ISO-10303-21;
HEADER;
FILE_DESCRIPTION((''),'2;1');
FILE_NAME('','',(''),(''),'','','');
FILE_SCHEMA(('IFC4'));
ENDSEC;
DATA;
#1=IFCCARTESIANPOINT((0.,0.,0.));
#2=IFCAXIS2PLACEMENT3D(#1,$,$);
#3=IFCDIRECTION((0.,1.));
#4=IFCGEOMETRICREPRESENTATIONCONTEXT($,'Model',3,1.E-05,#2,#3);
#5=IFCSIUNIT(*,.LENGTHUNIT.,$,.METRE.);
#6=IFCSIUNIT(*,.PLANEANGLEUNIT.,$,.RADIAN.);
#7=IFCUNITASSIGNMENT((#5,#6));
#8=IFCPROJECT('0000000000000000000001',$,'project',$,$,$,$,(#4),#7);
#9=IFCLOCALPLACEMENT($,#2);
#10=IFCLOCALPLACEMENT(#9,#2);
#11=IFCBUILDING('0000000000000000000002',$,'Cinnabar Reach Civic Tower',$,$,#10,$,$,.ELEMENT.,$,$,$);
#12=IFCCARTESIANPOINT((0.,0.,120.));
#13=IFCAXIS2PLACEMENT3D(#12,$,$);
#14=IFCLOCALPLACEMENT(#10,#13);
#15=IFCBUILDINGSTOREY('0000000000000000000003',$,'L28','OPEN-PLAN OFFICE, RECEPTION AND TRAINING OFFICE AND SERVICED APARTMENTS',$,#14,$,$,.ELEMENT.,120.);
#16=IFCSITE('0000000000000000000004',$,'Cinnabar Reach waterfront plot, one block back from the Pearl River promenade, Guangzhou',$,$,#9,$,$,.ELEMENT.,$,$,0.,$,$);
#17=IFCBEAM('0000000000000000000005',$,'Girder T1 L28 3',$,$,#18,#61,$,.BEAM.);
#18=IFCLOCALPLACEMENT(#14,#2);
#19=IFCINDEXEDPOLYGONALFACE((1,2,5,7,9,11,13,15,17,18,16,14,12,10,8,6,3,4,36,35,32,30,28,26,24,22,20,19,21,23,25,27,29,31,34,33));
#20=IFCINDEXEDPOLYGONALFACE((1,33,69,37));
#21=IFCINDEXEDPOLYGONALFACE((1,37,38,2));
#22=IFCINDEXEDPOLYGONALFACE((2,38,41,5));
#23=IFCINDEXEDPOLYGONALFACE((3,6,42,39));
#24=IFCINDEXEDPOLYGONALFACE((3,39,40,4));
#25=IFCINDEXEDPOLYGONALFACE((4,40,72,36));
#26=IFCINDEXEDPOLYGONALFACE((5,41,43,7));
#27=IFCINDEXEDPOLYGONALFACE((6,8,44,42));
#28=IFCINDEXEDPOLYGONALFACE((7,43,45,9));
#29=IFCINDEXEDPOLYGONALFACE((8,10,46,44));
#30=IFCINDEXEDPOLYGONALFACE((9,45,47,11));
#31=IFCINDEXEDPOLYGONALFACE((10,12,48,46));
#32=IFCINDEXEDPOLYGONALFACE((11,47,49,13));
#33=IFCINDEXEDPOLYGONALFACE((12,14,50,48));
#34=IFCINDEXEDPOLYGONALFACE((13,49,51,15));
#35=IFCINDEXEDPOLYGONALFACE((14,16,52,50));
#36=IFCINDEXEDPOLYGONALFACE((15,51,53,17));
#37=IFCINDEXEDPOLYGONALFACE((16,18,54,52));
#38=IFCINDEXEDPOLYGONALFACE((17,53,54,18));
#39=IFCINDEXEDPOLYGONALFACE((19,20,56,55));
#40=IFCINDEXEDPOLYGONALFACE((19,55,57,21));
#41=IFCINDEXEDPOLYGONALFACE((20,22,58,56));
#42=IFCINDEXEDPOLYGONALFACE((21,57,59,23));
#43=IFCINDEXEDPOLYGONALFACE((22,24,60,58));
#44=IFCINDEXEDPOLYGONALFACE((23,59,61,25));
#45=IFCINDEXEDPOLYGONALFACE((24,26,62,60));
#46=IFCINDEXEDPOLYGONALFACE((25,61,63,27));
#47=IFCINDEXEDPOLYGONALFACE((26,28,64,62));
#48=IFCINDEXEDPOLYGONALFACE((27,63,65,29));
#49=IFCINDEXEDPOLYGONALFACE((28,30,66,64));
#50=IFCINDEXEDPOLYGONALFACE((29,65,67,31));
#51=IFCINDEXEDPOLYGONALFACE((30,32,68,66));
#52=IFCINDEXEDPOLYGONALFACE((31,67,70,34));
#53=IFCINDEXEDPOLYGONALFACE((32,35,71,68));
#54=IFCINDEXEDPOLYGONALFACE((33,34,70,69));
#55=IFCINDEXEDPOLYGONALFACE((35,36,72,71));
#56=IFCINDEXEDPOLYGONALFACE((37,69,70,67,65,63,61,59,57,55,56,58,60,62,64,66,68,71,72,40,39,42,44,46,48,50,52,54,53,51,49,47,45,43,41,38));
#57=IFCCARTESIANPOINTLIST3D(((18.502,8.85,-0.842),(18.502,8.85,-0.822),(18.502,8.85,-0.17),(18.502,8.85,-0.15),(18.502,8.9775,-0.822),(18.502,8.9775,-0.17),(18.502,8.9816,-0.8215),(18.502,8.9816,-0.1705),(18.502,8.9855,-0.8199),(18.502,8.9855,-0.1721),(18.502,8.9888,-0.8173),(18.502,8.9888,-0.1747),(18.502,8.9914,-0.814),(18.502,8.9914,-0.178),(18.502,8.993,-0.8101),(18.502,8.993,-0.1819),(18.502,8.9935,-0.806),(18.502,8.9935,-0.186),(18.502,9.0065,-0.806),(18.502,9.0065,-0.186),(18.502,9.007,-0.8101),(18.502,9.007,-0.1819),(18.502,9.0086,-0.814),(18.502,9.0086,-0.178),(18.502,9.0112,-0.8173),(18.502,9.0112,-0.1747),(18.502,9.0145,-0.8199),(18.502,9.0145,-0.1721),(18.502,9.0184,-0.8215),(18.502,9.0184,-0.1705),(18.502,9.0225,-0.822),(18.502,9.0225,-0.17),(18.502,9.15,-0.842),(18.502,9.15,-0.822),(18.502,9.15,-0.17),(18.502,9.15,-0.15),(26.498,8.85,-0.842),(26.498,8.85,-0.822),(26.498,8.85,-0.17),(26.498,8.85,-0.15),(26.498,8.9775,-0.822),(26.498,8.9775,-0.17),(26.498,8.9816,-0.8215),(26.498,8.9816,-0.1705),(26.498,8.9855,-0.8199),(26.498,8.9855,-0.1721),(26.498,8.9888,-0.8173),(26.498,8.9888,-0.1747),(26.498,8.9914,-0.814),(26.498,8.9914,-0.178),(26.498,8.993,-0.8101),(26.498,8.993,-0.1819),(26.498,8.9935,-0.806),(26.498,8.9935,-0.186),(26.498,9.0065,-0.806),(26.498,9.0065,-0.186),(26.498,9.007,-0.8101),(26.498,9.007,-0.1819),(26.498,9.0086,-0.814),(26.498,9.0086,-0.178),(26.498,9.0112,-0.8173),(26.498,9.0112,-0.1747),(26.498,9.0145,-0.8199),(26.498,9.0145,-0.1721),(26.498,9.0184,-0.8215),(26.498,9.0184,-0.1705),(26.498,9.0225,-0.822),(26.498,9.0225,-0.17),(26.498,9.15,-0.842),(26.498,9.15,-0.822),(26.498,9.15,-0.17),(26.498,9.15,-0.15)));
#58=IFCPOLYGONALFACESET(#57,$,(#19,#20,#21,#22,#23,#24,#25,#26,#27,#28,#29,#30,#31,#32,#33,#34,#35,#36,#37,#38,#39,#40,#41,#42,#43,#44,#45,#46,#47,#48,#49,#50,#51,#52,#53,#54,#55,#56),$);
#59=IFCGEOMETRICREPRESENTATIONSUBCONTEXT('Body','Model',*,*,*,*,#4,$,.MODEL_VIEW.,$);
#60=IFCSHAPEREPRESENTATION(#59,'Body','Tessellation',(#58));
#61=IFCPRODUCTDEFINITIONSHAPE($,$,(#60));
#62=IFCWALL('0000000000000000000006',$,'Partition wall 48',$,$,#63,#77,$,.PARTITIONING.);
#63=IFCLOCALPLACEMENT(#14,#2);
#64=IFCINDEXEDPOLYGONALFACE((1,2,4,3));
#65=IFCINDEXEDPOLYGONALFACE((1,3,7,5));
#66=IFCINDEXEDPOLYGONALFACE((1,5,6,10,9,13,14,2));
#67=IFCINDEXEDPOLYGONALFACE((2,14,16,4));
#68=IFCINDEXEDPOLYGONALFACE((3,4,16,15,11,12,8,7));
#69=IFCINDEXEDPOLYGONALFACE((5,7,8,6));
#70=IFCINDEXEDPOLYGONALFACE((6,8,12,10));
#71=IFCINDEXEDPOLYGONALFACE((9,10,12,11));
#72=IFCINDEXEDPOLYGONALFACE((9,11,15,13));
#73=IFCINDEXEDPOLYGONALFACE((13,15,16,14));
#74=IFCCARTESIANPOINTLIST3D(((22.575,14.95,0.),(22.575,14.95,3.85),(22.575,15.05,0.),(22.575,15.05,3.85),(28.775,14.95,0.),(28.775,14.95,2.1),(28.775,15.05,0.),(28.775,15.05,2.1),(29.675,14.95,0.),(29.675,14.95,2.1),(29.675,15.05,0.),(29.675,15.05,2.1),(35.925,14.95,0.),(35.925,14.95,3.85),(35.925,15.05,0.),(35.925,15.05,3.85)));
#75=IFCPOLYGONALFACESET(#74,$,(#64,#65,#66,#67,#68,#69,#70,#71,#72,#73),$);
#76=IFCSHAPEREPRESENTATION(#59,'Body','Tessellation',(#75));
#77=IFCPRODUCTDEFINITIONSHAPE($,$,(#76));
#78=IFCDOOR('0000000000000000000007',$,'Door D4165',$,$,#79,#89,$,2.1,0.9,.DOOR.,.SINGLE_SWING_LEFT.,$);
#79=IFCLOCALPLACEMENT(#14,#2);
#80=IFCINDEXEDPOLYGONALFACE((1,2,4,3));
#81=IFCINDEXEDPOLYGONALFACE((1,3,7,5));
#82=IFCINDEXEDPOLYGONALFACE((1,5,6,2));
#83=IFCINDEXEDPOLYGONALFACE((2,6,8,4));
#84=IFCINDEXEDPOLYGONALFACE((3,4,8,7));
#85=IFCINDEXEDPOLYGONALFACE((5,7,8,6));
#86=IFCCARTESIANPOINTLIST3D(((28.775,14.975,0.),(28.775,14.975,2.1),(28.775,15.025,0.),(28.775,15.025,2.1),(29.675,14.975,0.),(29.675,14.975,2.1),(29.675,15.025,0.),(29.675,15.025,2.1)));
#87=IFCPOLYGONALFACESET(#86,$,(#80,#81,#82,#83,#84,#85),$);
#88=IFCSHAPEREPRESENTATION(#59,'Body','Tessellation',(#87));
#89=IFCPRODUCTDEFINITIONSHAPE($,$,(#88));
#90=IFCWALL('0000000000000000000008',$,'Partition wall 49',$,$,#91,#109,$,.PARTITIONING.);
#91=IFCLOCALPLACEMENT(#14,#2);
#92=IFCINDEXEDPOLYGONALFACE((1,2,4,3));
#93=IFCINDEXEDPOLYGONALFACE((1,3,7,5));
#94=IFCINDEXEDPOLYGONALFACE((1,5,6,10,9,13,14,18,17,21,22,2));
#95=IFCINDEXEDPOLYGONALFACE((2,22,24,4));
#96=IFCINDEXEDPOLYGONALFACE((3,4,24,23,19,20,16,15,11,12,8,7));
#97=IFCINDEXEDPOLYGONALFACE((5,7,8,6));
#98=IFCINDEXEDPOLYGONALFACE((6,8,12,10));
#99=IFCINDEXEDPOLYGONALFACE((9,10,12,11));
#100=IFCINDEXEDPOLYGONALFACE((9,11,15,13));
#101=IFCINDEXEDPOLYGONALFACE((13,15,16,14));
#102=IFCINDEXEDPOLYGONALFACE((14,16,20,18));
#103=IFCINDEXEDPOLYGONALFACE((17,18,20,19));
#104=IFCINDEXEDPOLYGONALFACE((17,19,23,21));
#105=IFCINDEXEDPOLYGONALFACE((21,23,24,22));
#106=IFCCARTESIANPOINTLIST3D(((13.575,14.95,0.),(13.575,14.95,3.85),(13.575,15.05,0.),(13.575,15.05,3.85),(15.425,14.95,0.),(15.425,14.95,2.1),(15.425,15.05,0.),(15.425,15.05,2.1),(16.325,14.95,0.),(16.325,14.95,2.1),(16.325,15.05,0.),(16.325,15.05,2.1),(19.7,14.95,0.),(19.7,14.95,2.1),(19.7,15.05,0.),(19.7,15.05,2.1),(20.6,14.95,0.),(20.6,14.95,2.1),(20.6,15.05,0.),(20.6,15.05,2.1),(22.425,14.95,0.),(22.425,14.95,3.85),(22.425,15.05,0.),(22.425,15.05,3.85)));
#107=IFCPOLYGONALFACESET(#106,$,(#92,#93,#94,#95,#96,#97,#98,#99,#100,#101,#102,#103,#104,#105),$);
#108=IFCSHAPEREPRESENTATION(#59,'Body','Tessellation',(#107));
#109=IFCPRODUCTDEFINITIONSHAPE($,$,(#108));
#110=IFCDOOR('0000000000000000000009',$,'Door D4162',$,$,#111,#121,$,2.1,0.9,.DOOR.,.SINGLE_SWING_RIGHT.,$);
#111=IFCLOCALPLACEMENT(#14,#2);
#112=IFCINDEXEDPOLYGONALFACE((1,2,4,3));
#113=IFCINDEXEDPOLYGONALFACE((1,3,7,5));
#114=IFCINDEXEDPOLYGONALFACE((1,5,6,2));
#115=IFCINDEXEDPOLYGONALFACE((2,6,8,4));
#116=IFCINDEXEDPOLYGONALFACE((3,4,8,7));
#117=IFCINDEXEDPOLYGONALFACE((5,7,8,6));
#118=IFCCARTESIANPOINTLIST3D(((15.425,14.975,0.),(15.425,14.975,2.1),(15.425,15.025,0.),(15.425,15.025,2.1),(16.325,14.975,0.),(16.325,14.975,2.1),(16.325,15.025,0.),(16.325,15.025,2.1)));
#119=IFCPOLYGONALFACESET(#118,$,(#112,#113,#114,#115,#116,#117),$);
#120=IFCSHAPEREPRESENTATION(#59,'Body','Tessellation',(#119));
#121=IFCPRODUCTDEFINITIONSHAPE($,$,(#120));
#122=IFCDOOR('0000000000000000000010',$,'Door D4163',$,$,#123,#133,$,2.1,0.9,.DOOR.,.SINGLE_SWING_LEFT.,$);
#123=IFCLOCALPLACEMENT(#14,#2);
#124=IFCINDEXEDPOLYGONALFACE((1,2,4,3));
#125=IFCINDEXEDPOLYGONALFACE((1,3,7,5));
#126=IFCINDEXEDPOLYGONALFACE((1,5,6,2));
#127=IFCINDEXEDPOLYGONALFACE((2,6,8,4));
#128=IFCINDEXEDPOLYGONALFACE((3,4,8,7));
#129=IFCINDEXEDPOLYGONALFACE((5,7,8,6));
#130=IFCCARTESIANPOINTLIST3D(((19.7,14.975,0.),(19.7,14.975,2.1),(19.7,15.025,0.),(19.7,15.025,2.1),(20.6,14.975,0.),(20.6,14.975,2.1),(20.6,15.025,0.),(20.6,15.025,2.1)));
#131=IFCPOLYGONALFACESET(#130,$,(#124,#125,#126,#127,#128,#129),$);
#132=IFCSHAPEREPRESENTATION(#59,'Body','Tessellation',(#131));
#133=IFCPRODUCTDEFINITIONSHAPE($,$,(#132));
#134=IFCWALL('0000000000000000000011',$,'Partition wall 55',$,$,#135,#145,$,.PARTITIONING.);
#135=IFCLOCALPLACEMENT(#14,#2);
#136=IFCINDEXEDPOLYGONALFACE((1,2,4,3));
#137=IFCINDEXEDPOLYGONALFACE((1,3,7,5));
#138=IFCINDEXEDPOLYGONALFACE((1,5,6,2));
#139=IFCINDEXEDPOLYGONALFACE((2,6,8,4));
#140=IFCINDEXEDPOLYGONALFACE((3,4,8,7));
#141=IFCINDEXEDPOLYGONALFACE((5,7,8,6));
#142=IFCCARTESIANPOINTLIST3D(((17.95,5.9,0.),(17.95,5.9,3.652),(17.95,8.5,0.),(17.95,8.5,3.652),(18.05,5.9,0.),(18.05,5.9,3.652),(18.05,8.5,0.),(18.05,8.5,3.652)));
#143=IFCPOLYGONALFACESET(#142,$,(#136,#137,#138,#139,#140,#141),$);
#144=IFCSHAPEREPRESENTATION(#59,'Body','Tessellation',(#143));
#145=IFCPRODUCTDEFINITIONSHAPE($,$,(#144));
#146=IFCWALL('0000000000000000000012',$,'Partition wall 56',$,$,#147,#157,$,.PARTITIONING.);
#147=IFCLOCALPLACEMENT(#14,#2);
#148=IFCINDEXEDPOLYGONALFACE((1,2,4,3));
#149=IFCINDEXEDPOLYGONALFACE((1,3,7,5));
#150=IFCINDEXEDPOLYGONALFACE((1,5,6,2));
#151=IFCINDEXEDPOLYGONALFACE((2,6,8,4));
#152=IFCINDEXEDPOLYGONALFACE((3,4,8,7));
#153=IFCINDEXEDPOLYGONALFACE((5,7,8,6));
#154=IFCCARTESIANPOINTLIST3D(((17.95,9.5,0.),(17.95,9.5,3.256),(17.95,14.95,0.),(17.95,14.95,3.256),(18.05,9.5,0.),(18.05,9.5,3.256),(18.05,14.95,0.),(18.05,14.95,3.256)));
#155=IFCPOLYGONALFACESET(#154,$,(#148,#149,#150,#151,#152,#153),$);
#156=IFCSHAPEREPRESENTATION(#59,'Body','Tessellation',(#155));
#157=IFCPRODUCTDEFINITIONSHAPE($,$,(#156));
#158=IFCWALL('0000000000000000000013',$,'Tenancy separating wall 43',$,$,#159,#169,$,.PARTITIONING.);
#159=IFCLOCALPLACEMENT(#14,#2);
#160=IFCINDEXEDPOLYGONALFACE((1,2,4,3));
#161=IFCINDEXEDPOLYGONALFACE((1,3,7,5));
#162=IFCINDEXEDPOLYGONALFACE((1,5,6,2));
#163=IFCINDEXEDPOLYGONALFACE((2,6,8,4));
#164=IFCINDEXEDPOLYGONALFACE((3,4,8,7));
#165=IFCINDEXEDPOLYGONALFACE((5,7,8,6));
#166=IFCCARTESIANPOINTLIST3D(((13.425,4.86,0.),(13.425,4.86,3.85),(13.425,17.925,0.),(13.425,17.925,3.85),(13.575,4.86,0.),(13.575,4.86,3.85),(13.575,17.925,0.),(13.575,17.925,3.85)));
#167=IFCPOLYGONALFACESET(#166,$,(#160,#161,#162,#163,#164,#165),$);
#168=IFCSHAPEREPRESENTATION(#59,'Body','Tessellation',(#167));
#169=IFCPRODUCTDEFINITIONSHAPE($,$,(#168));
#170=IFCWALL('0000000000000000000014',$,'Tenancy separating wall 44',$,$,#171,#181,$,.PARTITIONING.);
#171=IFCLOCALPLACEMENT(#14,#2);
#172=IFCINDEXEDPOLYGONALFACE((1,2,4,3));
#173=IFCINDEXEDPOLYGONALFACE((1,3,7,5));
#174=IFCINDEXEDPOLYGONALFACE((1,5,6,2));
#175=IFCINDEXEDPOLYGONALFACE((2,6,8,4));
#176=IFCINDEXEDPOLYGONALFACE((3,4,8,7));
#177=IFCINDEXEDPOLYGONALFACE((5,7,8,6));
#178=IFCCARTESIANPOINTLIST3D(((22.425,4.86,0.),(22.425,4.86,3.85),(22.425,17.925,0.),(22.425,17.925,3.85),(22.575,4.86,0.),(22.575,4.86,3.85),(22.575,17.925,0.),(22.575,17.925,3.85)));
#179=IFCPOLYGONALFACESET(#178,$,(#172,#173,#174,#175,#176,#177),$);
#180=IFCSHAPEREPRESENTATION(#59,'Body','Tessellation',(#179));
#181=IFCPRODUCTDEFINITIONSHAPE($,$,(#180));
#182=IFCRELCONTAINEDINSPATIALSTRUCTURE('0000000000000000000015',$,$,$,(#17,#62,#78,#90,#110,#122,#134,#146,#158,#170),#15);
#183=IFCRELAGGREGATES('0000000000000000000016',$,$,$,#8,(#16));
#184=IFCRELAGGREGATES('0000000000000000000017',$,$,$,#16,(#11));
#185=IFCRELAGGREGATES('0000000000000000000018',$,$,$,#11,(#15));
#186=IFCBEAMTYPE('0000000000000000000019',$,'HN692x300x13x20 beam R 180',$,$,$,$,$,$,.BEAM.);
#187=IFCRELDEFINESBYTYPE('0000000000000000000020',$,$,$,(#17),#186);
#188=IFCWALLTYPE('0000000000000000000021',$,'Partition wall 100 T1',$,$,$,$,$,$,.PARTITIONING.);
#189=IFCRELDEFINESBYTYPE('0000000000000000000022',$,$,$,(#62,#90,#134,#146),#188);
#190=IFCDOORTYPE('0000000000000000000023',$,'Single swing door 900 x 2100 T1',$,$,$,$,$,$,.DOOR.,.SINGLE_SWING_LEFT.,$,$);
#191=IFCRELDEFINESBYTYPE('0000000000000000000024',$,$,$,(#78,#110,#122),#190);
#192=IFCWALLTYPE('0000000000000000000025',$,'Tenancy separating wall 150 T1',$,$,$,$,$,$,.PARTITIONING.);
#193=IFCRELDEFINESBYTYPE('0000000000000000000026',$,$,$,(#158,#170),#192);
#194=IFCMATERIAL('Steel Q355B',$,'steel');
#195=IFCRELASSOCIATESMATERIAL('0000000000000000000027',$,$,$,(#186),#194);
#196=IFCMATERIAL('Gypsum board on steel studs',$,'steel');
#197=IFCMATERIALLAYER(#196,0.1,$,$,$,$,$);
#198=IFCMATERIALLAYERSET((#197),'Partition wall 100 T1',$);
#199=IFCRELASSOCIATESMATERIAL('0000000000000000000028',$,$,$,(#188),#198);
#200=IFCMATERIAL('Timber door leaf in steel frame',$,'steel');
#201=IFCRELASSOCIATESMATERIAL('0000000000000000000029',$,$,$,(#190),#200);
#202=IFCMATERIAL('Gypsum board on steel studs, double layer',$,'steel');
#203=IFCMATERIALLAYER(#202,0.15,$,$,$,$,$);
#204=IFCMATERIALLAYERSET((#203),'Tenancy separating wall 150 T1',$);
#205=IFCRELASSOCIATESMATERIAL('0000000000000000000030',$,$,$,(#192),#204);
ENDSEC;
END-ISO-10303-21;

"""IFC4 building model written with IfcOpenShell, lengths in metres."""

from ifc_helpers import new_model, si_unit, direction, frame, frame_2d, origin, origin_2d, place, context, subcontext, project, spatial, rectangle, i_section, extrude, material, layer, layer_set, material_profile, profile_set, type_object, element, fill, save


model = new_model("IFC4")

# Units and contexts
model_context = context("Model", 3, precision=1e-05, world=origin(), true_north=direction((0.0, 1.0)))
body_context = subcontext(model_context, "Body", "Model", "MODEL_VIEW")
ifc_project = project(units=[si_unit("LENGTHUNIT", "METRE"), si_unit("PLANEANGLEUNIT", "RADIAN")], contexts=[model_context])

# Site, building, storey
site_placement = place(None, origin())
site = spatial("IfcSite", under=ifc_project, at=site_placement, Name="Cinnabar Reach waterfront plot, one block back from the Pearl River promenade, Guangzhou", CompositionType="ELEMENT", RefElevation=0.0)
building_placement = place(site_placement, origin())
building = spatial("IfcBuilding", under=site, at=building_placement, Name="Cinnabar Reach Civic Tower", CompositionType="ELEMENT")
storey_placement = place(building_placement, frame((0.0, 0.0, 120.0)))
storey = spatial("IfcBuildingStorey", under=building, at=storey_placement, Name="L28", Description="OPEN-PLAN OFFICE, RECEPTION AND TRAINING OFFICE AND SERVICED APARTMENTS", CompositionType="ELEMENT", Elevation=120.0)

# Beam
ifc_material_1 = material(Name="Steel Q355B", Category="steel")
ifc_material_profile_1 = material_profile(ifc_material_1, i_section(OverallWidth=0.3, OverallDepth=0.692, WebThickness=0.013, FlangeThickness=0.02, FilletRadius=0.016, at=origin_2d()), Name="HN692x300x13x20")
ifc_profile_set_1 = profile_set([ifc_material_profile_1], Name="Steel Q355B")
beam_type_1 = type_object("IfcBeamType", Name="HN692x300x13x20 beam R 180", PredefinedType="BEAM", material=ifc_profile_set_1)
for number, where, z_axis, x_axis, name in (
    (1, (18.502, 9.0, -0.496), (1.0, 0.0, 0.0), (0.0, 1.0, 0.0), "Girder T1 L28 3"),
):
    element("IfcBeam", number, at=place(storey_placement, frame(where, z_axis=z_axis, x_axis=x_axis)), inside=storey, type_object=beam_type_1, Name=name, PredefinedType="BEAM", context=body_context, shape_type="SweptSolid", body=[
        extrude(i_section(OverallWidth=0.3, OverallDepth=0.692, WebThickness=0.013, FlangeThickness=0.02, FilletRadius=0.016, at=origin_2d()), origin(), (0.0, 0.0, 1.0), 7.996),
    ])

# Wall, opening, door
ifc_material_2 = material(Name="Gypsum board on steel studs", Category="steel")
ifc_layer_1 = layer(ifc_material_2, 0.1)
ifc_layer_set_1 = layer_set([ifc_layer_1], Name="Partition wall 100 T1")
wall_type_1 = type_object("IfcWallType", Name="Partition wall 100 T1", PredefinedType="PARTITIONING", material=ifc_layer_set_1)
wall_1_placement = place(storey_placement, frame((22.575, 15.0, 0.0), z_axis=(0.0, 0.0, 1.0), x_axis=(1.0, 0.0, 0.0)))
wall_1 = element("IfcWall", 2, at=wall_1_placement, inside=storey, type_object=wall_type_1, Name="Partition wall 48", PredefinedType="PARTITIONING", context=body_context, shape_type="SweptSolid", body=[
    extrude(rectangle(XDim=13.35, YDim=0.1, at=frame_2d((6.675, 0.0))), origin(), (0.0, 0.0, 1.0), 3.85),
])
opening_1_placement = place(wall_1_placement, frame((6.2, 0.0, 0.0)))
opening_1 = element("IfcOpeningElement", 3, at=opening_1_placement, cuts=wall_1, PredefinedType="OPENING", context=body_context, shape_type="SweptSolid", body=[
    extrude(rectangle(XDim=0.9, YDim=2.1, at=frame_2d((0.45, 1.05))), frame((0.0, 0.06, 0.0), z_axis=(0.0, -1.0, 0.0), x_axis=(1.0, 0.0, 0.0)), (0.0, 0.0, 1.0), 0.12),
])
ifc_material_3 = material(Name="Timber door leaf in steel frame", Category="steel")
door_type = type_object("IfcDoorType", Name="Single swing door 900 x 2100 T1", OperationType="SINGLE_SWING_LEFT", PredefinedType="DOOR", material=ifc_material_3)
door_1_placement = place(opening_1_placement, origin())
door_1 = element("IfcDoor", 4, at=door_1_placement, inside=storey, type_object=door_type, Name="Door D4165", OperationType="SINGLE_SWING_LEFT", OverallHeight=2.1, OverallWidth=0.9, PredefinedType="DOOR", context=body_context, shape_type="SweptSolid", body=[
    extrude(rectangle(XDim=0.9, YDim=2.1, at=frame_2d((0.45, 1.05))), frame((0.0, 0.025, 0.0), z_axis=(0.0, -1.0, 0.0), x_axis=(1.0, 0.0, 0.0)), (0.0, 0.0, 1.0), 0.05),
])
fill(opening_1, door_1)

# Wall, openings, doors
wall_2_placement = place(storey_placement, frame((13.575, 15.0, 0.0), z_axis=(0.0, 0.0, 1.0), x_axis=(1.0, 0.0, 0.0)))
wall_2 = element("IfcWall", 5, at=wall_2_placement, inside=storey, type_object=wall_type_1, Name="Partition wall 49", PredefinedType="PARTITIONING", context=body_context, shape_type="SweptSolid", body=[
    extrude(rectangle(XDim=8.85, YDim=0.1, at=frame_2d((4.425, 0.0))), origin(), (0.0, 0.0, 1.0), 3.85),
])
opening_2_placement = place(wall_2_placement, frame((1.85, 0.0, 0.0)))
opening_2 = element("IfcOpeningElement", 6, at=opening_2_placement, cuts=wall_2, PredefinedType="OPENING", context=body_context, shape_type="SweptSolid", body=[
    extrude(rectangle(XDim=0.9, YDim=2.1, at=frame_2d((0.45, 1.05))), frame((0.0, 0.06, 0.0), z_axis=(0.0, -1.0, 0.0), x_axis=(1.0, 0.0, 0.0)), (0.0, 0.0, 1.0), 0.12),
])
opening_3_placement = place(wall_2_placement, frame((6.125, 0.0, 0.0)))
opening_3 = element("IfcOpeningElement", 7, at=opening_3_placement, cuts=wall_2, PredefinedType="OPENING", context=body_context, shape_type="SweptSolid", body=[
    extrude(rectangle(XDim=0.9, YDim=2.1, at=frame_2d((0.45, 1.05))), frame((0.0, 0.06, 0.0), z_axis=(0.0, -1.0, 0.0), x_axis=(1.0, 0.0, 0.0)), (0.0, 0.0, 1.0), 0.12),
])
door_2_placement = place(opening_2_placement, frame((0.9, 0.0, 0.0), z_axis=(0.0, 0.0, 1.0), x_axis=(-1.0, 0.0, 0.0)))
door_2 = element("IfcDoor", 8, at=door_2_placement, inside=storey, type_object=door_type, Name="Door D4162", OperationType="SINGLE_SWING_RIGHT", OverallHeight=2.1, OverallWidth=0.9, PredefinedType="DOOR", context=body_context, shape_type="SweptSolid", body=[
    extrude(rectangle(XDim=0.9, YDim=2.1, at=frame_2d((0.45, 1.05))), frame((0.0, 0.025, 0.0), z_axis=(0.0, -1.0, 0.0), x_axis=(1.0, 0.0, 0.0)), (0.0, 0.0, 1.0), 0.05),
])
fill(opening_2, door_2)
door_3_placement = place(opening_3_placement, frame((0.9, 0.0, 0.0), z_axis=(0.0, 0.0, 1.0), x_axis=(-1.0, 0.0, 0.0)))
door_3 = element("IfcDoor", 9, at=door_3_placement, inside=storey, type_object=door_type, Name="Door D4163", OperationType="SINGLE_SWING_LEFT", OverallHeight=2.1, OverallWidth=0.9, PredefinedType="DOOR", context=body_context, shape_type="SweptSolid", body=[
    extrude(rectangle(XDim=0.9, YDim=2.1, at=frame_2d((0.45, 1.05))), frame((0.0, 0.025, 0.0), z_axis=(0.0, -1.0, 0.0), x_axis=(1.0, 0.0, 0.0)), (0.0, 0.0, 1.0), 0.05),
])
fill(opening_3, door_3)

# Walls
wall_3_placement = place(storey_placement, frame((18.0, 5.9, 0.0), z_axis=(0.0, 0.0, 1.0), x_axis=(0.0, 1.0, 0.0)))
element("IfcWall", 10, at=wall_3_placement, inside=storey, type_object=wall_type_1, Name="Partition wall 55", PredefinedType="PARTITIONING", context=body_context, shape_type="SweptSolid", body=[
    extrude(rectangle(XDim=2.6, YDim=0.1, at=frame_2d((1.3, 0.0))), origin(), (0.0, 0.0, 1.0), 3.652),
])
wall_4_placement = place(storey_placement, frame((18.0, 9.5, 0.0), z_axis=(0.0, 0.0, 1.0), x_axis=(0.0, 1.0, 0.0)))
element("IfcWall", 11, at=wall_4_placement, inside=storey, type_object=wall_type_1, Name="Partition wall 56", PredefinedType="PARTITIONING", context=body_context, shape_type="SweptSolid", body=[
    extrude(rectangle(XDim=5.45, YDim=0.1, at=frame_2d((2.725, 0.0))), origin(), (0.0, 0.0, 1.0), 3.256),
])
ifc_material_4 = material(Name="Gypsum board on steel studs, double layer", Category="steel")
ifc_layer_2 = layer(ifc_material_4, 0.15)
ifc_layer_set_2 = layer_set([ifc_layer_2], Name="Tenancy separating wall 150 T1")
wall_type_2 = type_object("IfcWallType", Name="Tenancy separating wall 150 T1", PredefinedType="PARTITIONING", material=ifc_layer_set_2)
for number, where, z_axis, x_axis, name in (
    (12, (13.5, 4.86, 0.0), (0.0, 0.0, 1.0), (0.0, 1.0, 0.0), "Tenancy separating wall 43"),
    (13, (22.5, 4.86, 0.0), (0.0, 0.0, 1.0), (0.0, 1.0, 0.0), "Tenancy separating wall 44"),
):
    element("IfcWall", number, at=place(storey_placement, frame(where, z_axis=z_axis, x_axis=x_axis)), inside=storey, type_object=wall_type_2, Name=name, PredefinedType="PARTITIONING", context=body_context, shape_type="SweptSolid", body=[
        extrude(rectangle(XDim=13.065, YDim=0.15, at=frame_2d((6.5325, 0.0))), origin(), (0.0, 0.0, 1.0), 3.85),
    ])

save(model, "model.ifc")
